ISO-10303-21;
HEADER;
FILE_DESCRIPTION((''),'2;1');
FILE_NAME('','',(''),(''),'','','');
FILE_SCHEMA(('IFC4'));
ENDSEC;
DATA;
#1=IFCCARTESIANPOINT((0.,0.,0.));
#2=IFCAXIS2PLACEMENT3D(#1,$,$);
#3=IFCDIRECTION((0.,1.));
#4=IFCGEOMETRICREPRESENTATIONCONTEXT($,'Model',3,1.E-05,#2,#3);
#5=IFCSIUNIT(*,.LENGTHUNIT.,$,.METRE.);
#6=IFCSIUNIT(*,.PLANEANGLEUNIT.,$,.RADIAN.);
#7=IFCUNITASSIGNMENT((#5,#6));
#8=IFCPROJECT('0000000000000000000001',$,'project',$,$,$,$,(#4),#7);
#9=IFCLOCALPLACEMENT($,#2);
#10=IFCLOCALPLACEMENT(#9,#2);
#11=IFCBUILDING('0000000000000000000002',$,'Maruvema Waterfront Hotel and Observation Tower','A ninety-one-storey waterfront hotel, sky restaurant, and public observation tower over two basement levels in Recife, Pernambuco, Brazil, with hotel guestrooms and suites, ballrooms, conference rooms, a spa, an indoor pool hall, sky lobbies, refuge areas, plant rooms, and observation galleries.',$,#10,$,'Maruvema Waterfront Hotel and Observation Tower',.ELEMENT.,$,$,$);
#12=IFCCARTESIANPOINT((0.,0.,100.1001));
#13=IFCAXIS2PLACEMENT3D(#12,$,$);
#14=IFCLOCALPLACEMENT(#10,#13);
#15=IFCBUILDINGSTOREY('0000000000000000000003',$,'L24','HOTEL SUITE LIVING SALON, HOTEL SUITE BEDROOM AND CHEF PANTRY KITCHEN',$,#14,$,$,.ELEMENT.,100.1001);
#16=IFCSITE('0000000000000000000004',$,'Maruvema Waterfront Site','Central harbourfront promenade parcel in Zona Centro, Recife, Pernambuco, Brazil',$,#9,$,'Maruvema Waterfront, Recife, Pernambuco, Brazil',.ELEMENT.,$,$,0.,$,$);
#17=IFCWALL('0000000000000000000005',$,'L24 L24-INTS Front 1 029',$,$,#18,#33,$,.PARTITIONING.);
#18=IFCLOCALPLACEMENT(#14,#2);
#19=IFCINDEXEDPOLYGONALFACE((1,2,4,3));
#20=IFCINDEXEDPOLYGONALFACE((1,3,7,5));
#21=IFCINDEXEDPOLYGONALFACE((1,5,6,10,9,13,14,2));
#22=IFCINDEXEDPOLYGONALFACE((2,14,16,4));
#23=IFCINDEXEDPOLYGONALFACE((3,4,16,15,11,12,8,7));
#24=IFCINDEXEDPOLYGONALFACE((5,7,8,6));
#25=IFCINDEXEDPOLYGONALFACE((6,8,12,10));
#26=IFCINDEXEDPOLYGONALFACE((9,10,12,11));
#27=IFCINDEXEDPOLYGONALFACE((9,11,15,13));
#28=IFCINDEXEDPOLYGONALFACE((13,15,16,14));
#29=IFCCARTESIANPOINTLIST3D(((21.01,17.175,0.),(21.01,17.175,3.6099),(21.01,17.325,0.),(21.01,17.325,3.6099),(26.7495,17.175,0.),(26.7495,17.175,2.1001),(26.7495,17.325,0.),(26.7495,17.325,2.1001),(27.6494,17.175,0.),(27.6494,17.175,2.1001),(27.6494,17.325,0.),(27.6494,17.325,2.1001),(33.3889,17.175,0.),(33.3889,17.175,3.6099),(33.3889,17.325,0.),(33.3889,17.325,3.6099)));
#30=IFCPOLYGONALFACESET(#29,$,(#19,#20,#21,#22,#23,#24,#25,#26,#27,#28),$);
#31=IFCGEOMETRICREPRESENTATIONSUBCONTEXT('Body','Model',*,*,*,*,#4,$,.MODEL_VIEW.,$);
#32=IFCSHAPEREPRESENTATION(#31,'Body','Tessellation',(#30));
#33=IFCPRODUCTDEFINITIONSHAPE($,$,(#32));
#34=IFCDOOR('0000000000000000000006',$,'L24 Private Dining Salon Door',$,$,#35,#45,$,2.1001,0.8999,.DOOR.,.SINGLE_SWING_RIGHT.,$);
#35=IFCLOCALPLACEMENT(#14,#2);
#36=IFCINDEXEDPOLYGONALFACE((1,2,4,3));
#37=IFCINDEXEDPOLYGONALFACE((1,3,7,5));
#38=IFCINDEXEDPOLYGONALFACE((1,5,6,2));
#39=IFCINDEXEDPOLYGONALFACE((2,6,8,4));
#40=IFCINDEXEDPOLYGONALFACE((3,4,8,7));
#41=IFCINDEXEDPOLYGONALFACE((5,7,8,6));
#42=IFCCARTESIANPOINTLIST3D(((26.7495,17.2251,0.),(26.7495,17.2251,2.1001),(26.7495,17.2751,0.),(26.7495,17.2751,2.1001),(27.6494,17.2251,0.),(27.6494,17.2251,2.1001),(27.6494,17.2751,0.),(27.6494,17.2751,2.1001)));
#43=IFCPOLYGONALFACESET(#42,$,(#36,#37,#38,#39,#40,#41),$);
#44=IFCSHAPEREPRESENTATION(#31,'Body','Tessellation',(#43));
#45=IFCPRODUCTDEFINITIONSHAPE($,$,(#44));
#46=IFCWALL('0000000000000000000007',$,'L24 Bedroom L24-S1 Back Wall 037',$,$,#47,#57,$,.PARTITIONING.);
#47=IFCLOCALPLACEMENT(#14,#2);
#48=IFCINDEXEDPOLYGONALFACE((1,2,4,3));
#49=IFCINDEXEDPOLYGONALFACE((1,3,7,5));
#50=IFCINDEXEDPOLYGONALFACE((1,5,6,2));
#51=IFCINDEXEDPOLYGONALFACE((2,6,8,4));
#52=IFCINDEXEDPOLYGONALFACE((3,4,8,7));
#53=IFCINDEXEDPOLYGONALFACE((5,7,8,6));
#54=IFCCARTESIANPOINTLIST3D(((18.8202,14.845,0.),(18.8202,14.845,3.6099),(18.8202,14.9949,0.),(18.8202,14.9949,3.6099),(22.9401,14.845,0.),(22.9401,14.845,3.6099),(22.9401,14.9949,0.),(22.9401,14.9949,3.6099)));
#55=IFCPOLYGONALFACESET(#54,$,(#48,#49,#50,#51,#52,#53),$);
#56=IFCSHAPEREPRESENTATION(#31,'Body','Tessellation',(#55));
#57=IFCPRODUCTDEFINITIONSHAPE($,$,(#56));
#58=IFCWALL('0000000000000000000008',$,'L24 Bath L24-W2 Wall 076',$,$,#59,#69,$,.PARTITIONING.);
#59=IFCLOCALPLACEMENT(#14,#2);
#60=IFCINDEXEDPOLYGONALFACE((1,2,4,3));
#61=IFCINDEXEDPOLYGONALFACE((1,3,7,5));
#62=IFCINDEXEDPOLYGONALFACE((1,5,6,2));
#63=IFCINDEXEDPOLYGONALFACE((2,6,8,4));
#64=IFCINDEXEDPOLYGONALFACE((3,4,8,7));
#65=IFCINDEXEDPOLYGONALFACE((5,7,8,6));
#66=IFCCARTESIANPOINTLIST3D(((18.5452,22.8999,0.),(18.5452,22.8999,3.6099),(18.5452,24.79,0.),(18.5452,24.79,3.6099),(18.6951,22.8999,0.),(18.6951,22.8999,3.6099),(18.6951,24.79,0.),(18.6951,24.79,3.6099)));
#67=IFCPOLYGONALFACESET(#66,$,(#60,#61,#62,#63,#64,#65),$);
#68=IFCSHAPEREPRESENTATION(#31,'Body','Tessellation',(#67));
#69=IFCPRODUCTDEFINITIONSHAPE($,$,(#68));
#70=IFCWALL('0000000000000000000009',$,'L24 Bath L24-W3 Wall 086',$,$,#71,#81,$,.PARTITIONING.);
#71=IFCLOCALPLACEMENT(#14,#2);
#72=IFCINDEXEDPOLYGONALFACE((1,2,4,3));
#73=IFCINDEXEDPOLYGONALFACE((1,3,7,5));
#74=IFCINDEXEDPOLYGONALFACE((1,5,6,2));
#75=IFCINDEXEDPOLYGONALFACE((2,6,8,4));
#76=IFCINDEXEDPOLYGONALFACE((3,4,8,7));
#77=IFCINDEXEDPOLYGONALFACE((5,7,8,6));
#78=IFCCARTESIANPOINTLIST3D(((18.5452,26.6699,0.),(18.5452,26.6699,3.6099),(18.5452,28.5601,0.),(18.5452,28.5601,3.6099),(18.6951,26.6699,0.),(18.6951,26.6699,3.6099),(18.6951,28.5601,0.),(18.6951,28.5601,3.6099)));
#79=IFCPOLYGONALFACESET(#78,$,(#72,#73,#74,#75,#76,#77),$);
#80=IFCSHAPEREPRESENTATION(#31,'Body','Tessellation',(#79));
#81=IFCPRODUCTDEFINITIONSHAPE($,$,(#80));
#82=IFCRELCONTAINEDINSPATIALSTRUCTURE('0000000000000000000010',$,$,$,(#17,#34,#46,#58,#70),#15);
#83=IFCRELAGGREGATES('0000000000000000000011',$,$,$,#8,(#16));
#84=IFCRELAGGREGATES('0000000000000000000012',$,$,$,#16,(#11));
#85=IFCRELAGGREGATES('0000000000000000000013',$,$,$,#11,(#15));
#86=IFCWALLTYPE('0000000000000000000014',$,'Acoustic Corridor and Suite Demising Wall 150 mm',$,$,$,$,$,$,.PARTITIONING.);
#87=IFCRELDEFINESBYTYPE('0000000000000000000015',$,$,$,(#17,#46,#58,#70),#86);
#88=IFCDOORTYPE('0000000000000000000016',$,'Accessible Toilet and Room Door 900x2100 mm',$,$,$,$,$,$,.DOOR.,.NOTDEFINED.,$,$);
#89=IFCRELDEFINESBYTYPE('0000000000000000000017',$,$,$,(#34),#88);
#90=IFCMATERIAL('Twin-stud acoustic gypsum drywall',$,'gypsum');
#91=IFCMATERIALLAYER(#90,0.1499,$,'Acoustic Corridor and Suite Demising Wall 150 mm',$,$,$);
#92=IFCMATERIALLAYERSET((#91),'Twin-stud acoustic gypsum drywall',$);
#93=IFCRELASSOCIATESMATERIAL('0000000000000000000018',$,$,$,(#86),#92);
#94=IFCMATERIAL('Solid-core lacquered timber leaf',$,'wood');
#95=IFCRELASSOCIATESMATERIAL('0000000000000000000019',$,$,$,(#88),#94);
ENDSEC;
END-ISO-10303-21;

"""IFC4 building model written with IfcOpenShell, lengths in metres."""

from ifc_helpers import new_model, si_unit, direction, frame, frame_2d, origin, place, context, subcontext, project, spatial, rectangle, extrude, material, layer, layer_set, type_object, element, fill, save


model = new_model("IFC4")

# Units and contexts
model_context = context("Model", 3, precision=1e-05, world=origin(), true_north=direction((0.0, 1.0)))
body_context = subcontext(model_context, "Body", "Model", "MODEL_VIEW")
ifc_project = project(units=[si_unit("LENGTHUNIT", "METRE"), si_unit("PLANEANGLEUNIT", "RADIAN")], contexts=[model_context])

# Site, building, storey
site_placement = place(None, origin())
site = spatial("IfcSite", under=ifc_project, at=site_placement, Name="Maruvema Waterfront Site", Description="Central harbourfront promenade parcel in Zona Centro, Recife, Pernambuco, Brazil", LongName="Maruvema Waterfront, Recife, Pernambuco, Brazil", CompositionType="ELEMENT", RefElevation=0.0)
building_placement = place(site_placement, origin())
building = spatial("IfcBuilding", under=site, at=building_placement, Name="Maruvema Waterfront Hotel and Observation Tower", Description="A ninety-one-storey waterfront hotel, sky restaurant, and public observation tower over two basement levels in Recife, Pernambuco, Brazil, with hotel guestrooms and suites, ballrooms, conference rooms, a spa, an indoor pool hall, sky lobbies, refuge areas, plant rooms, and observation galleries.", LongName="Maruvema Waterfront Hotel and Observation Tower", CompositionType="ELEMENT")
storey_placement = place(building_placement, frame((0.0, 0.0, 100.1001)))
storey = spatial("IfcBuildingStorey", under=building, at=storey_placement, Name="L24", Description="HOTEL SUITE LIVING SALON, HOTEL SUITE BEDROOM AND CHEF PANTRY KITCHEN", CompositionType="ELEMENT", Elevation=100.1001)

# Shared definitions
ifc_material_1 = material(Name="Twin-stud acoustic gypsum drywall", Category="gypsum")
ifc_layer_1 = layer(ifc_material_1, 0.1499, Name="Acoustic Corridor and Suite Demising Wall 150 mm")
ifc_layer_set_1 = layer_set([ifc_layer_1], Name="Twin-stud acoustic gypsum drywall")
wall_type = type_object("IfcWallType", Name="Acoustic Corridor and Suite Demising Wall 150 mm", PredefinedType="PARTITIONING", material=ifc_layer_set_1)

# Wall, opening, door
wall_1_placement = place(storey_placement, frame((21.01, 17.25, 0.0), z_axis=(0.0, 0.0, 1.0), x_axis=(1.0, 0.0, 0.0)))
wall_1 = element("IfcWall", 1, at=wall_1_placement, inside=storey, type_object=wall_type, Name="L24 L24-INTS Front 1 029", PredefinedType="PARTITIONING", context=body_context, shape_type="SweptSolid", body=[
    extrude(rectangle(XDim=12.3789, YDim=0.1499, at=frame_2d((6.1895, 0.0))), origin(), (0.0, 0.0, 1.0), 3.6099),
])
opening_1_placement = place(wall_1_placement, frame((5.7395, 0.0, 0.0)))
opening_1 = element("IfcOpeningElement", 2, at=opening_1_placement, cuts=wall_1, PredefinedType="OPENING", context=body_context, shape_type="SweptSolid", body=[
    extrude(rectangle(XDim=0.8999, YDim=2.1001, at=frame_2d((0.45, 1.05))), frame((0.0, 0.085, 0.0), z_axis=(0.0, -1.0, 0.0), x_axis=(1.0, 0.0, 0.0)), (0.0, 0.0, 1.0), 0.1699),
])
ifc_material_2 = material(Name="Solid-core lacquered timber leaf", Category="wood")
door_type_1 = type_object("IfcDoorType", Name="Accessible Toilet and Room Door 900x2100 mm", OperationType="NOTDEFINED", PredefinedType="DOOR", material=ifc_material_2)
door_1_placement = place(opening_1_placement, frame((0.8999, 0.0, 0.0), z_axis=(0.0, 0.0, 1.0), x_axis=(-1.0, 0.0, 0.0)))
door_1 = element("IfcDoor", 3, at=door_1_placement, inside=storey, type_object=door_type_1, Name="L24 Private Dining Salon Door", OperationType="SINGLE_SWING_RIGHT", OverallHeight=2.1001, OverallWidth=0.8999, PredefinedType="DOOR", context=body_context, shape_type="SweptSolid", body=[
    extrude(rectangle(XDim=0.8999, YDim=2.1001, at=frame_2d((0.45, 1.05))), frame((0.0, 0.0249, 0.0), z_axis=(0.0, -1.0, 0.0), x_axis=(1.0, 0.0, 0.0)), (0.0, 0.0, 1.0), 0.05),
])
fill(opening_1, door_1)

# Wall
wall_2_placement = place(storey_placement, frame((18.8201, 14.9199, 0.0), z_axis=(0.0, 0.0, 1.0), x_axis=(1.0, 0.0, 0.0)))
element("IfcWall", 4, at=wall_2_placement, inside=storey, type_object=wall_type, Name="L24 Bedroom L24-S1 Back Wall 037", PredefinedType="PARTITIONING", context=body_context, shape_type="SweptSolid", body=[
    extrude(rectangle(XDim=4.1199, YDim=0.1499, at=frame_2d((2.0601, 0.0))), origin(), (0.0, 0.0, 1.0), 3.6099),
])

# Wall
wall_3_placement = place(storey_placement, frame((18.6201, 22.8999, 0.0), z_axis=(0.0, 0.0, 1.0), x_axis=(0.0, 1.0, 0.0)))
element("IfcWall", 5, at=wall_3_placement, inside=storey, type_object=wall_type, Name="L24 Bath L24-W2 Wall 076", PredefinedType="PARTITIONING", context=body_context, shape_type="SweptSolid", body=[
    extrude(rectangle(XDim=1.8901, YDim=0.1499, at=frame_2d((0.9451, 0.0))), origin(), (0.0, 0.0, 1.0), 3.6099),
])

# Wall
wall_4_placement = place(storey_placement, frame((18.6201, 26.6699, 0.0), z_axis=(0.0, 0.0, 1.0), x_axis=(0.0, 1.0, 0.0)))
element("IfcWall", 6, at=wall_4_placement, inside=storey, type_object=wall_type, Name="L24 Bath L24-W3 Wall 086", PredefinedType="PARTITIONING", context=body_context, shape_type="SweptSolid", body=[
    extrude(rectangle(XDim=1.8901, YDim=0.1499, at=frame_2d((0.9451, 0.0))), origin(), (0.0, 0.0, 1.0), 3.6099),
])

save(model, "model.ifc")
